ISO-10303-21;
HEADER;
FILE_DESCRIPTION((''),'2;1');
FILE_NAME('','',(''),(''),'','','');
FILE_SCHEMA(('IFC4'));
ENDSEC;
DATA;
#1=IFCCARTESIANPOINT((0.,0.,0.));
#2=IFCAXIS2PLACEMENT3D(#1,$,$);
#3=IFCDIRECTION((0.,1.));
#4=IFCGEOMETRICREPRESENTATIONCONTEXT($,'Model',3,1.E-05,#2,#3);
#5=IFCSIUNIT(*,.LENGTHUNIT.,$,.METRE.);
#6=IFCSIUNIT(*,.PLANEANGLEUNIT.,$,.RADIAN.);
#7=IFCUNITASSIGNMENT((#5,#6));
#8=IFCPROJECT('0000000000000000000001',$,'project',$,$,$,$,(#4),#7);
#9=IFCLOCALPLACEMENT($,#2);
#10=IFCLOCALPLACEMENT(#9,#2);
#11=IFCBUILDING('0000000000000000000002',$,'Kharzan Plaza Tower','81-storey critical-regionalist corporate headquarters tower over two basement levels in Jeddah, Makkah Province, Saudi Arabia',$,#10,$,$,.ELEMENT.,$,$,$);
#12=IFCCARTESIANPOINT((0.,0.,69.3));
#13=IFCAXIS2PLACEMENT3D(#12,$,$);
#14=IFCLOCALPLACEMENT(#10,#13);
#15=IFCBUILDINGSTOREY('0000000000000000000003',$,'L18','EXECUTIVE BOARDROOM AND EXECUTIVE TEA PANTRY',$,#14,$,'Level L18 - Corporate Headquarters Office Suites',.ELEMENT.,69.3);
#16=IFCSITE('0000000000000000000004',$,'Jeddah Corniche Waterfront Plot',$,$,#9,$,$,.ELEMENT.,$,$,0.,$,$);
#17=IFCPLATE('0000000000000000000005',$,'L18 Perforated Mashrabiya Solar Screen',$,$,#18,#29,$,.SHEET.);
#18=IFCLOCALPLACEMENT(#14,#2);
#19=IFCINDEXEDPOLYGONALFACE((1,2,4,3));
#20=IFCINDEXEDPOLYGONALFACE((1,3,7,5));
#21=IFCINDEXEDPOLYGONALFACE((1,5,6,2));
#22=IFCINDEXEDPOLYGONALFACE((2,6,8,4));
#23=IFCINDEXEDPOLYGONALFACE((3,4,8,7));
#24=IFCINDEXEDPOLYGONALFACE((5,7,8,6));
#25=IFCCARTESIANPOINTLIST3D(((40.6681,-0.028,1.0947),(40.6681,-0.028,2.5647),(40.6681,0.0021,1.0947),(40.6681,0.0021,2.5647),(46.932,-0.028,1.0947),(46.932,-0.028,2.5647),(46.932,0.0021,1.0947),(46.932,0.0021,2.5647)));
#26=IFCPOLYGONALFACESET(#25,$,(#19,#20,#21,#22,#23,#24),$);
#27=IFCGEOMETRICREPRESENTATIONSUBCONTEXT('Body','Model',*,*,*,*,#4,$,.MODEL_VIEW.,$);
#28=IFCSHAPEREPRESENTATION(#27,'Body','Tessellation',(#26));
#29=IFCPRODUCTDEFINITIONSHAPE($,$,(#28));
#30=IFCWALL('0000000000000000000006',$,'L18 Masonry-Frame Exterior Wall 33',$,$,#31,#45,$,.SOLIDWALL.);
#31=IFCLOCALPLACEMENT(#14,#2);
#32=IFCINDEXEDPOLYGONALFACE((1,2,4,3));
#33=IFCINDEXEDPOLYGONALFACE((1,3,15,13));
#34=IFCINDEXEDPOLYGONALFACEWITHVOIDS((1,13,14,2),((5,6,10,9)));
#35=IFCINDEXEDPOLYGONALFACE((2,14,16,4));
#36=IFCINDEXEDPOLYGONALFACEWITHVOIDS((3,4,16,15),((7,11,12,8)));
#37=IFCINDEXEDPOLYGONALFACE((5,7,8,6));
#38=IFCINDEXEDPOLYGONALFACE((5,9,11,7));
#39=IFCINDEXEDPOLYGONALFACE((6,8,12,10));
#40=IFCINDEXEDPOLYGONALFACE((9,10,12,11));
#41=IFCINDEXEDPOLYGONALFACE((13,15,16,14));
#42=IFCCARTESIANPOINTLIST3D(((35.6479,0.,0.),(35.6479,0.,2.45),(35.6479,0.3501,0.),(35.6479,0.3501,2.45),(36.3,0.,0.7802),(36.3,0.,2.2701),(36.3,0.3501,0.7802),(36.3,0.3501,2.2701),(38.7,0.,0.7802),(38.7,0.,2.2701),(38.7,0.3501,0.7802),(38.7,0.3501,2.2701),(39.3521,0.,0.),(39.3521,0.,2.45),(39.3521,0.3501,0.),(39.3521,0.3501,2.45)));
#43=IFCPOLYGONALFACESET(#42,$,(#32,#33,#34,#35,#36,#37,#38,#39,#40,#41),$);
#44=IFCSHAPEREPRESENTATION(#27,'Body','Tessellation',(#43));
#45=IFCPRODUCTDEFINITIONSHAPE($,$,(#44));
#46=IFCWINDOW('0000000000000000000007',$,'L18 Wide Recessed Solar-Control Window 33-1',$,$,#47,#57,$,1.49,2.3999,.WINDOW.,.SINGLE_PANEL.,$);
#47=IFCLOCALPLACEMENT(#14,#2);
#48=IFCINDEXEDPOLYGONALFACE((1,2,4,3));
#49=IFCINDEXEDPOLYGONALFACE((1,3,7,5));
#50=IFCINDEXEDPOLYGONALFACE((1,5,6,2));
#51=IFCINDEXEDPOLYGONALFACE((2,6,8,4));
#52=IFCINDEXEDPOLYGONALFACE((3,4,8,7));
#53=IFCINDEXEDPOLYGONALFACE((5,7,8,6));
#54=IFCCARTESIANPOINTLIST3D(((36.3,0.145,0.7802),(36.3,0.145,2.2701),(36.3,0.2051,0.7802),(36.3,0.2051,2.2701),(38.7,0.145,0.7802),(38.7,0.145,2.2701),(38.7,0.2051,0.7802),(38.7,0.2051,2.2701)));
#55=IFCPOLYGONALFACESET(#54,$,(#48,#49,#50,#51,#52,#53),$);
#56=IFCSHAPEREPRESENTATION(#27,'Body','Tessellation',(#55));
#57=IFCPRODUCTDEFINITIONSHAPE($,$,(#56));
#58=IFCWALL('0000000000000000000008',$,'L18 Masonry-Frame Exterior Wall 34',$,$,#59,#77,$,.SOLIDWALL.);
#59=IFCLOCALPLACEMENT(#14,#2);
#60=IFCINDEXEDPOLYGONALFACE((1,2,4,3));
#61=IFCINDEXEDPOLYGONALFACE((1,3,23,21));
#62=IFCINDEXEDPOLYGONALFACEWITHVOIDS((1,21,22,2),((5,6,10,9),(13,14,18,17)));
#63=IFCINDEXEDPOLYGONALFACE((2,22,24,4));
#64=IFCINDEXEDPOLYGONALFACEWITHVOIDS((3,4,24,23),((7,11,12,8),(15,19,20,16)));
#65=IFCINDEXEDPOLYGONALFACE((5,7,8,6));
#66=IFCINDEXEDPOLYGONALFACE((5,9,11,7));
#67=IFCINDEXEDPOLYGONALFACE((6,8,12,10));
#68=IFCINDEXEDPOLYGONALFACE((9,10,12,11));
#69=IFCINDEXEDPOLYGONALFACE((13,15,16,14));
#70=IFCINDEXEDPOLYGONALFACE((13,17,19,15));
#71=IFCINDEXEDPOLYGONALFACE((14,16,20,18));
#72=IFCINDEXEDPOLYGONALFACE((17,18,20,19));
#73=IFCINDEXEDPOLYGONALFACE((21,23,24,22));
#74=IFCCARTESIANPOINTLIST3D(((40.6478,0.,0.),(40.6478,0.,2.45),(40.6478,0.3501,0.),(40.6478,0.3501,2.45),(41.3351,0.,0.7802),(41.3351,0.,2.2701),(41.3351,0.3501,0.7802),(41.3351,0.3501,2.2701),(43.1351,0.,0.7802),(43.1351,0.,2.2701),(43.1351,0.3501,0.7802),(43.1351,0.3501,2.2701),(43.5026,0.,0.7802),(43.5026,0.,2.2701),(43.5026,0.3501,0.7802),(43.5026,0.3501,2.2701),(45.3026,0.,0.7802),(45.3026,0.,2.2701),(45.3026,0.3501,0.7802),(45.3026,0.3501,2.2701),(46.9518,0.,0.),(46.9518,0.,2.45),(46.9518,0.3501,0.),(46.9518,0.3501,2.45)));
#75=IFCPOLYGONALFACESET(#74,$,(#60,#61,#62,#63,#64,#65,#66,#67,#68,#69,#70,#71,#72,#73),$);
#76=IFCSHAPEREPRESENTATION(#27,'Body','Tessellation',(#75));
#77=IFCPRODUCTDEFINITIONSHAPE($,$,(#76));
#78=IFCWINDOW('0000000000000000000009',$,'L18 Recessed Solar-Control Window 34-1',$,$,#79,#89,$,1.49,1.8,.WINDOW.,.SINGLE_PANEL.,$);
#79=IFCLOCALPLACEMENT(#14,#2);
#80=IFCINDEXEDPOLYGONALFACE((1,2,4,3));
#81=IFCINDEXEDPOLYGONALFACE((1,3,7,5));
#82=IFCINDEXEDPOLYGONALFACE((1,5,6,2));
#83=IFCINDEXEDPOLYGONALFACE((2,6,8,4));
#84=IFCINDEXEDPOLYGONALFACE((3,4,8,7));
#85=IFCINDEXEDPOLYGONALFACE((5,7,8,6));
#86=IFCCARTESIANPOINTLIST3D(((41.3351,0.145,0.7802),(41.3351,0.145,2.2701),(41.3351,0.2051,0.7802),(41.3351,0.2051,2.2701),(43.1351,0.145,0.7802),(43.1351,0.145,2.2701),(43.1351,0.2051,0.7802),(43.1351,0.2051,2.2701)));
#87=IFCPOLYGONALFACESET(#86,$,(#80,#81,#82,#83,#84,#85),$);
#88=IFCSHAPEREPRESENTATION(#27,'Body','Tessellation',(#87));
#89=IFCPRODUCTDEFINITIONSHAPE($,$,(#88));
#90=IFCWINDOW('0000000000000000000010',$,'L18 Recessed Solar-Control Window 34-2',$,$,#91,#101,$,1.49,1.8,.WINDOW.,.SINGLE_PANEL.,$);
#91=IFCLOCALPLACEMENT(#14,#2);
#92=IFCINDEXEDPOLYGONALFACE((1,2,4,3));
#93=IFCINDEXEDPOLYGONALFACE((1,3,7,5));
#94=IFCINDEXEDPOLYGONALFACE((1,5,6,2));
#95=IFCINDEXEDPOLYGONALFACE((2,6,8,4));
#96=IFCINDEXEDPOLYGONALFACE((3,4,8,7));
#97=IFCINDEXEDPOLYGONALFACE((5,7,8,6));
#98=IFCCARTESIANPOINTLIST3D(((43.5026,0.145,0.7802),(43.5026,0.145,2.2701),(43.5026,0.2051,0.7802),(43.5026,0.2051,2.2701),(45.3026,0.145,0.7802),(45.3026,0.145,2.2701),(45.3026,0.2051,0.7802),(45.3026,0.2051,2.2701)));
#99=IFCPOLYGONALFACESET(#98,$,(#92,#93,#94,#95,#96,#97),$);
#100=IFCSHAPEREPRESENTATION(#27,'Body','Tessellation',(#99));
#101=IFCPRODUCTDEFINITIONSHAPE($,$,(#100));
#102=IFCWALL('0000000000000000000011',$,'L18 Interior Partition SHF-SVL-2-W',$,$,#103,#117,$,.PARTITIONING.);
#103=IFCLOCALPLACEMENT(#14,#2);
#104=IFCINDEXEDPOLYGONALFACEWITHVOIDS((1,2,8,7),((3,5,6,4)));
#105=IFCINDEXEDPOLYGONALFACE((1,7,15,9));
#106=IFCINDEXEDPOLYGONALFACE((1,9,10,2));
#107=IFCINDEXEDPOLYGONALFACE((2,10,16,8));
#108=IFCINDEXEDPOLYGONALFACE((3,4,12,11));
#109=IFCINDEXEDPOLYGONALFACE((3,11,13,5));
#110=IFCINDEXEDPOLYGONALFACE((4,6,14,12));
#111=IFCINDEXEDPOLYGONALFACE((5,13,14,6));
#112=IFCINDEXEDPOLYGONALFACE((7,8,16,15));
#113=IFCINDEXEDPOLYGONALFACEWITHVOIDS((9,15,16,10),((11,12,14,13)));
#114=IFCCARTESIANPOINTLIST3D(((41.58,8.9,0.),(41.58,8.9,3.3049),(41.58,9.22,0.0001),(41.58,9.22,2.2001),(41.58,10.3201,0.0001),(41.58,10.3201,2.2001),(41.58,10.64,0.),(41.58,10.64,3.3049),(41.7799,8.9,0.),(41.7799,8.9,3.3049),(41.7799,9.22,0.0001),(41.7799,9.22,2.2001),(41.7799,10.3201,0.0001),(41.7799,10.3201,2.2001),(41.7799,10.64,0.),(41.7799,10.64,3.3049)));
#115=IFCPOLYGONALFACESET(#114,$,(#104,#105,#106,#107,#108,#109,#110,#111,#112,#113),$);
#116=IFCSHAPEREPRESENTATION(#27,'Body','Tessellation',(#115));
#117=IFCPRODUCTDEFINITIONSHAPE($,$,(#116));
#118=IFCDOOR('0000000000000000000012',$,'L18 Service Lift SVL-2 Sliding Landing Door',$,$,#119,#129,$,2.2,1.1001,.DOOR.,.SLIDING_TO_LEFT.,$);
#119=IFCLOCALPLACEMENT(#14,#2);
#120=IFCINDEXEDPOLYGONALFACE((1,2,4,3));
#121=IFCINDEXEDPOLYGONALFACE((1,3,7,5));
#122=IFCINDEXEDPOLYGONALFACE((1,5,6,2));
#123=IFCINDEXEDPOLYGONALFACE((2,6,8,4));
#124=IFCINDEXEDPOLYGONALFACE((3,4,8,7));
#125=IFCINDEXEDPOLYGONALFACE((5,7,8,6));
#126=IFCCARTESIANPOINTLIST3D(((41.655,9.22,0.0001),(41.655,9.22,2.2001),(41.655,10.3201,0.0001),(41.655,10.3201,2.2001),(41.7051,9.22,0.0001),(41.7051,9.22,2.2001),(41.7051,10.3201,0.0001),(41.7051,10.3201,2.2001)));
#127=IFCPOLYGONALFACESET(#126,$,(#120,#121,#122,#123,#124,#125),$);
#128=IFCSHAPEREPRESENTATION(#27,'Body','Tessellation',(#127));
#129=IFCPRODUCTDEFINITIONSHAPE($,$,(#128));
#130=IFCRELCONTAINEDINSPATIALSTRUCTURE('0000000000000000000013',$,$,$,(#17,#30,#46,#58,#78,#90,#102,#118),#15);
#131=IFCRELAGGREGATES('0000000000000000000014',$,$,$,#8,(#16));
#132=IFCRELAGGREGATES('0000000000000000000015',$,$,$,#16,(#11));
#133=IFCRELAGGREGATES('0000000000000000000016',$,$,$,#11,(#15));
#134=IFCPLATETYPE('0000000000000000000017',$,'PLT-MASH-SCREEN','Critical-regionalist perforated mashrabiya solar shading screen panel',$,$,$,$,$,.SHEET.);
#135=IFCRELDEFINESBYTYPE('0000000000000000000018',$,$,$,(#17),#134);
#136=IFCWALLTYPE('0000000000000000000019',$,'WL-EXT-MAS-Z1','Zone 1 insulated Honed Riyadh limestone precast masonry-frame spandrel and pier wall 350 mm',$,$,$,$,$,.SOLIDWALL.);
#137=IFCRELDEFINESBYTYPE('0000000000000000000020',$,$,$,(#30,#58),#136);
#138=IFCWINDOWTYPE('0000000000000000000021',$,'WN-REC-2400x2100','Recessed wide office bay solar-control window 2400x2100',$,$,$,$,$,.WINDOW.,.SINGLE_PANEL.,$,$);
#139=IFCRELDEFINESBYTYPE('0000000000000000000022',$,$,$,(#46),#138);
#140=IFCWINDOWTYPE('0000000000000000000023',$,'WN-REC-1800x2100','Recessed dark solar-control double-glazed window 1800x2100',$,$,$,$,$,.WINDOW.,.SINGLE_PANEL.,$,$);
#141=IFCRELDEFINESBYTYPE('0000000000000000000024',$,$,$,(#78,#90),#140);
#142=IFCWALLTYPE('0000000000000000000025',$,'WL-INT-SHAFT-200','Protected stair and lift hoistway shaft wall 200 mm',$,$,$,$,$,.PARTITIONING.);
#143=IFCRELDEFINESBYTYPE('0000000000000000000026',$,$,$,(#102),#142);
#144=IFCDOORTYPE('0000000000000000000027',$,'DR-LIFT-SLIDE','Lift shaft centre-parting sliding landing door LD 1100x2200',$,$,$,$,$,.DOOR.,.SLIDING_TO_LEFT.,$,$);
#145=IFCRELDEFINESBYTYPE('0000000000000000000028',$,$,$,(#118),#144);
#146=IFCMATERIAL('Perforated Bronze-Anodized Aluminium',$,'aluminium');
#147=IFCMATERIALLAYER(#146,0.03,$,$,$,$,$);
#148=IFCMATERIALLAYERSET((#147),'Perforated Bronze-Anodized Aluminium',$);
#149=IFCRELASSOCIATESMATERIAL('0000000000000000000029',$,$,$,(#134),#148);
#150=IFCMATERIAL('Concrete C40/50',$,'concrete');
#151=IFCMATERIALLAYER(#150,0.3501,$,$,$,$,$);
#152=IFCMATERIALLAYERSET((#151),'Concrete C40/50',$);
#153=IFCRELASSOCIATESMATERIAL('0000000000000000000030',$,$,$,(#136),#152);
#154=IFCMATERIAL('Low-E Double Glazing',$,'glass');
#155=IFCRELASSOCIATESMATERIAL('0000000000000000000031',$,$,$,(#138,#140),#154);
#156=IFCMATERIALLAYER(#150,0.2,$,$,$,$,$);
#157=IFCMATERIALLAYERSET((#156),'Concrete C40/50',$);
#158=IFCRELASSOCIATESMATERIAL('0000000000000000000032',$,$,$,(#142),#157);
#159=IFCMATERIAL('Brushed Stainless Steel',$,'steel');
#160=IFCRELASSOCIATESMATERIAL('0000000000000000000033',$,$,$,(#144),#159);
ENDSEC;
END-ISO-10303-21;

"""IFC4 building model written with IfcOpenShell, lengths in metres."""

from ifc_helpers import new_model, si_unit, direction, frame, frame_2d, origin, origin_2d, place, context, subcontext, project, spatial, rectangle, extrude, source, transform, mapped, material, layer, layer_set, type_object, element, fill, save


model = new_model("IFC4")

# Units and contexts
model_context = context("Model", 3, precision=1e-05, world=origin(), true_north=direction((0.0, 1.0)))
body_context = subcontext(model_context, "Body", "Model", "MODEL_VIEW")
ifc_project = project(units=[si_unit("LENGTHUNIT", "METRE"), si_unit("PLANEANGLEUNIT", "RADIAN")], contexts=[model_context])

# Site, building, storey
site_placement = place(None, origin())
site = spatial("IfcSite", under=ifc_project, at=site_placement, Name="Jeddah Corniche Waterfront Plot", CompositionType="ELEMENT", RefElevation=0.0)
building_placement = place(site_placement, origin())
building = spatial("IfcBuilding", under=site, at=building_placement, Name="Kharzan Plaza Tower", Description="81-storey critical-regionalist corporate headquarters tower over two basement levels in Jeddah, Makkah Province, Saudi Arabia", CompositionType="ELEMENT")
storey_placement = place(building_placement, frame((0.0, 0.0, 69.3)))
storey = spatial("IfcBuildingStorey", under=building, at=storey_placement, Name="L18", Description="EXECUTIVE BOARDROOM AND EXECUTIVE TEA PANTRY", LongName="Level L18 - Corporate Headquarters Office Suites", CompositionType="ELEMENT", Elevation=69.3)

# Plate
ifc_material_1 = material(Name="Perforated Bronze-Anodized Aluminium", Category="aluminium")
ifc_layer_1 = layer(ifc_material_1, 0.03)
ifc_layer_set_1 = layer_set([ifc_layer_1], Name="Perforated Bronze-Anodized Aluminium")
plate_type = type_object("IfcPlateType", Name="PLT-MASH-SCREEN", Description="Critical-regionalist perforated mashrabiya solar shading screen panel", PredefinedType="SHEET", material=ifc_layer_set_1)
shared_shape_1 = source(origin(), body_context, "Body", "SweptSolid", [
    extrude(rectangle(XDim=6.2639, YDim=0.03, at=origin_2d()), origin(), (0.0, 0.0, 1.0), 1.47),
])
plate_1_placement = place(storey_placement, frame((43.8, -0.0129, 1.0947), z_axis=(0.0, 0.0, 1.0), x_axis=(1.0, 0.0, 0.0)))
element("IfcPlate", 1, at=plate_1_placement, inside=storey, type_object=plate_type, Name="L18 Perforated Mashrabiya Solar Screen", PredefinedType="SHEET", context=body_context, shape_type="MappedRepresentation", body=[
    mapped(shared_shape_1, transform((0.0, 0.0, 0.0), x_axis=(1.0, 0.0, 0.0), y_axis=(0.0, 1.0, 0.0), z_axis=(0.0, 0.0, 1.0))),
])

# Wall, opening, window
ifc_material_2 = material(Name="Concrete C40/50", Category="concrete")
ifc_layer_2 = layer(ifc_material_2, 0.3501)
ifc_layer_set_2 = layer_set([ifc_layer_2], Name="Concrete C40/50")
wall_type_1 = type_object("IfcWallType", Name="WL-EXT-MAS-Z1", Description="Zone 1 insulated Honed Riyadh limestone precast masonry-frame spandrel and pier wall 350 mm", PredefinedType="SOLIDWALL", material=ifc_layer_set_2)
wall_1_placement = place(storey_placement, frame((35.6479, 0.175, 0.0), z_axis=(0.0, 0.0, 1.0), x_axis=(1.0, 0.0, 0.0)))
wall_1 = element("IfcWall", 2, at=wall_1_placement, inside=storey, type_object=wall_type_1, Name="L18 Masonry-Frame Exterior Wall 33", PredefinedType="SOLIDWALL", context=body_context, shape_type="SweptSolid", body=[
    extrude(rectangle(XDim=3.7041, YDim=0.3501, at=frame_2d((1.8521, 0.0))), origin(), (0.0, 0.0, 1.0), 2.45),
])
opening_1_placement = place(wall_1_placement, frame((0.6521, 0.0, 0.78)))
opening_1 = element("IfcOpeningElement", 3, at=opening_1_placement, cuts=wall_1, PredefinedType="OPENING", context=body_context, shape_type="SweptSolid", body=[
    extrude(rectangle(XDim=2.3999, YDim=1.49, at=frame_2d((1.2, 0.7451))), frame((0.0, 0.1851, 0.0), z_axis=(0.0, -1.0, 0.0), x_axis=(1.0, 0.0, 0.0)), (0.0, 0.0, 1.0), 0.3701),
])
ifc_material_3 = material(Name="Low-E Double Glazing", Category="glass")
window_type_1 = type_object("IfcWindowType", Name="WN-REC-2400x2100", Description="Recessed wide office bay solar-control window 2400x2100", PartitioningType="SINGLE_PANEL", PredefinedType="WINDOW", material=ifc_material_3)
shared_shape_2 = source(origin(), body_context, "Body", "SweptSolid", [
    extrude(rectangle(XDim=2.3999, YDim=1.49, at=frame_2d((1.2, 0.7451))), frame((0.0, 0.03, 0.0), z_axis=(0.0, -1.0, 0.0), x_axis=(1.0, 0.0, 0.0)), (0.0, 0.0, 1.0), 0.0601),
])
window_1_placement = place(opening_1_placement, origin())
window_1 = element("IfcWindow", 4, at=window_1_placement, inside=storey, type_object=window_type_1, Name="L18 Wide Recessed Solar-Control Window 33-1", OverallHeight=1.49, OverallWidth=2.3999, PartitioningType="SINGLE_PANEL", PredefinedType="WINDOW", context=body_context, shape_type="MappedRepresentation", body=[
    mapped(shared_shape_2, transform((0.0, 0.0, 0.0), x_axis=(1.0, 0.0, 0.0), y_axis=(0.0, 1.0, 0.0), z_axis=(0.0, 0.0, 1.0))),
])
fill(opening_1, window_1)

# Wall, openings, windows
wall_2_placement = place(storey_placement, frame((40.6479, 0.175, 0.0), z_axis=(0.0, 0.0, 1.0), x_axis=(1.0, 0.0, 0.0)))
wall_2 = element("IfcWall", 5, at=wall_2_placement, inside=storey, type_object=wall_type_1, Name="L18 Masonry-Frame Exterior Wall 34", PredefinedType="SOLIDWALL", context=body_context, shape_type="SweptSolid", body=[
    extrude(rectangle(XDim=6.304, YDim=0.3501, at=frame_2d((3.1519, 0.0))), origin(), (0.0, 0.0, 1.0), 2.45),
])
opening_2_placement = place(wall_2_placement, frame((0.6873, 0.0, 0.78)))
opening_2 = element("IfcOpeningElement", 6, at=opening_2_placement, cuts=wall_2, PredefinedType="OPENING", context=body_context, shape_type="SweptSolid", body=[
    extrude(rectangle(XDim=1.8, YDim=1.49, at=frame_2d((0.8999, 0.7451))), frame((0.0, 0.1851, 0.0), z_axis=(0.0, -1.0, 0.0), x_axis=(1.0, 0.0, 0.0)), (0.0, 0.0, 1.0), 0.3701),
])
opening_3_placement = place(wall_2_placement, frame((2.8547, 0.0, 0.78)))
opening_3 = element("IfcOpeningElement", 7, at=opening_3_placement, cuts=wall_2, PredefinedType="OPENING", context=body_context, shape_type="SweptSolid", body=[
    extrude(rectangle(XDim=1.8, YDim=1.49, at=frame_2d((0.8999, 0.7451))), frame((0.0, 0.1851, 0.0), z_axis=(0.0, -1.0, 0.0), x_axis=(1.0, 0.0, 0.0)), (0.0, 0.0, 1.0), 0.3701),
])
window_type_2 = type_object("IfcWindowType", Name="WN-REC-1800x2100", Description="Recessed dark solar-control double-glazed window 1800x2100", PartitioningType="SINGLE_PANEL", PredefinedType="WINDOW", material=ifc_material_3)
shared_shape_3 = source(origin(), body_context, "Body", "SweptSolid", [
    extrude(rectangle(XDim=1.8, YDim=1.49, at=frame_2d((0.8999, 0.7451))), frame((0.0, 0.03, 0.0), z_axis=(0.0, -1.0, 0.0), x_axis=(1.0, 0.0, 0.0)), (0.0, 0.0, 1.0), 0.0601),
])
window_2_placement = place(opening_2_placement, origin())
window_2 = element("IfcWindow", 8, at=window_2_placement, inside=storey, type_object=window_type_2, Name="L18 Recessed Solar-Control Window 34-1", OverallHeight=1.49, OverallWidth=1.8, PartitioningType="SINGLE_PANEL", PredefinedType="WINDOW", context=body_context, shape_type="MappedRepresentation", body=[
    mapped(shared_shape_3, transform((0.0, 0.0, 0.0), x_axis=(1.0, 0.0, 0.0), y_axis=(0.0, 1.0, 0.0), z_axis=(0.0, 0.0, 1.0))),
])
fill(opening_2, window_2)
window_3_placement = place(opening_3_placement, origin())
window_3 = element("IfcWindow", 9, at=window_3_placement, inside=storey, type_object=window_type_2, Name="L18 Recessed Solar-Control Window 34-2", OverallHeight=1.49, OverallWidth=1.8, PartitioningType="SINGLE_PANEL", PredefinedType="WINDOW", context=body_context, shape_type="MappedRepresentation", body=[
    mapped(shared_shape_3, transform((0.0, 0.0, 0.0), x_axis=(1.0, 0.0, 0.0), y_axis=(0.0, 1.0, 0.0), z_axis=(0.0, 0.0, 1.0))),
])
fill(opening_3, window_3)

# Wall, opening, door
ifc_layer_3 = layer(ifc_material_2, 0.2)
ifc_layer_set_3 = layer_set([ifc_layer_3], Name="Concrete C40/50")
wall_type_2 = type_object("IfcWallType", Name="WL-INT-SHAFT-200", Description="Protected stair and lift hoistway shaft wall 200 mm", PredefinedType="PARTITIONING", material=ifc_layer_set_3)
wall_3_placement = place(storey_placement, frame((41.6799, 8.8999, 0.0), z_axis=(0.0, 0.0, 1.0), x_axis=(0.0, 1.0, 0.0)))
wall_3 = element("IfcWall", 10, at=wall_3_placement, inside=storey, type_object=wall_type_2, Name="L18 Interior Partition SHF-SVL-2-W", PredefinedType="PARTITIONING", context=body_context, shape_type="SweptSolid", body=[
    extrude(rectangle(XDim=1.74, YDim=0.2, at=frame_2d((0.8701, 0.0))), origin(), (0.0, 0.0, 1.0), 3.3049),
])
opening_4_placement = place(wall_3_placement, frame((0.3201, 0.0, 0.0)))
opening_4 = element("IfcOpeningElement", 11, at=opening_4_placement, cuts=wall_3, PredefinedType="OPENING", context=body_context, shape_type="SweptSolid", body=[
    extrude(rectangle(XDim=1.1001, YDim=2.2, at=frame_2d((0.55, 1.1001))), frame((0.0, 0.1099, 0.0), z_axis=(0.0, -1.0, 0.0), x_axis=(1.0, 0.0, 0.0)), (0.0, 0.0, 1.0), 0.22),
])
ifc_material_4 = material(Name="Brushed Stainless Steel", Category="steel")
door_type_1 = type_object("IfcDoorType", Name="DR-LIFT-SLIDE", Description="Lift shaft centre-parting sliding landing door LD 1100x2200", OperationType="SLIDING_TO_LEFT", PredefinedType="DOOR", material=ifc_material_4)
shared_shape_4 = source(origin(), body_context, "Body", "SweptSolid", [
    extrude(rectangle(XDim=1.1001, YDim=2.2, at=frame_2d((0.55, 1.1001))), frame((0.0, 0.0249, 0.0), z_axis=(0.0, -1.0, 0.0), x_axis=(1.0, 0.0, 0.0)), (0.0, 0.0, 1.0), 0.05),
])
door_1_placement = place(opening_4_placement, origin())
door_1 = element("IfcDoor", 12, at=door_1_placement, inside=storey, type_object=door_type_1, Name="L18 Service Lift SVL-2 Sliding Landing Door", OperationType="SLIDING_TO_LEFT", OverallHeight=2.2, OverallWidth=1.1001, PredefinedType="DOOR", context=body_context, shape_type="MappedRepresentation", body=[
    mapped(shared_shape_4, transform((0.0, 0.0, 0.0), x_axis=(1.0, 0.0, 0.0), y_axis=(0.0, 1.0, 0.0), z_axis=(0.0, 0.0, 1.0))),
])
fill(opening_4, door_1)

save(model, "model.ifc")
